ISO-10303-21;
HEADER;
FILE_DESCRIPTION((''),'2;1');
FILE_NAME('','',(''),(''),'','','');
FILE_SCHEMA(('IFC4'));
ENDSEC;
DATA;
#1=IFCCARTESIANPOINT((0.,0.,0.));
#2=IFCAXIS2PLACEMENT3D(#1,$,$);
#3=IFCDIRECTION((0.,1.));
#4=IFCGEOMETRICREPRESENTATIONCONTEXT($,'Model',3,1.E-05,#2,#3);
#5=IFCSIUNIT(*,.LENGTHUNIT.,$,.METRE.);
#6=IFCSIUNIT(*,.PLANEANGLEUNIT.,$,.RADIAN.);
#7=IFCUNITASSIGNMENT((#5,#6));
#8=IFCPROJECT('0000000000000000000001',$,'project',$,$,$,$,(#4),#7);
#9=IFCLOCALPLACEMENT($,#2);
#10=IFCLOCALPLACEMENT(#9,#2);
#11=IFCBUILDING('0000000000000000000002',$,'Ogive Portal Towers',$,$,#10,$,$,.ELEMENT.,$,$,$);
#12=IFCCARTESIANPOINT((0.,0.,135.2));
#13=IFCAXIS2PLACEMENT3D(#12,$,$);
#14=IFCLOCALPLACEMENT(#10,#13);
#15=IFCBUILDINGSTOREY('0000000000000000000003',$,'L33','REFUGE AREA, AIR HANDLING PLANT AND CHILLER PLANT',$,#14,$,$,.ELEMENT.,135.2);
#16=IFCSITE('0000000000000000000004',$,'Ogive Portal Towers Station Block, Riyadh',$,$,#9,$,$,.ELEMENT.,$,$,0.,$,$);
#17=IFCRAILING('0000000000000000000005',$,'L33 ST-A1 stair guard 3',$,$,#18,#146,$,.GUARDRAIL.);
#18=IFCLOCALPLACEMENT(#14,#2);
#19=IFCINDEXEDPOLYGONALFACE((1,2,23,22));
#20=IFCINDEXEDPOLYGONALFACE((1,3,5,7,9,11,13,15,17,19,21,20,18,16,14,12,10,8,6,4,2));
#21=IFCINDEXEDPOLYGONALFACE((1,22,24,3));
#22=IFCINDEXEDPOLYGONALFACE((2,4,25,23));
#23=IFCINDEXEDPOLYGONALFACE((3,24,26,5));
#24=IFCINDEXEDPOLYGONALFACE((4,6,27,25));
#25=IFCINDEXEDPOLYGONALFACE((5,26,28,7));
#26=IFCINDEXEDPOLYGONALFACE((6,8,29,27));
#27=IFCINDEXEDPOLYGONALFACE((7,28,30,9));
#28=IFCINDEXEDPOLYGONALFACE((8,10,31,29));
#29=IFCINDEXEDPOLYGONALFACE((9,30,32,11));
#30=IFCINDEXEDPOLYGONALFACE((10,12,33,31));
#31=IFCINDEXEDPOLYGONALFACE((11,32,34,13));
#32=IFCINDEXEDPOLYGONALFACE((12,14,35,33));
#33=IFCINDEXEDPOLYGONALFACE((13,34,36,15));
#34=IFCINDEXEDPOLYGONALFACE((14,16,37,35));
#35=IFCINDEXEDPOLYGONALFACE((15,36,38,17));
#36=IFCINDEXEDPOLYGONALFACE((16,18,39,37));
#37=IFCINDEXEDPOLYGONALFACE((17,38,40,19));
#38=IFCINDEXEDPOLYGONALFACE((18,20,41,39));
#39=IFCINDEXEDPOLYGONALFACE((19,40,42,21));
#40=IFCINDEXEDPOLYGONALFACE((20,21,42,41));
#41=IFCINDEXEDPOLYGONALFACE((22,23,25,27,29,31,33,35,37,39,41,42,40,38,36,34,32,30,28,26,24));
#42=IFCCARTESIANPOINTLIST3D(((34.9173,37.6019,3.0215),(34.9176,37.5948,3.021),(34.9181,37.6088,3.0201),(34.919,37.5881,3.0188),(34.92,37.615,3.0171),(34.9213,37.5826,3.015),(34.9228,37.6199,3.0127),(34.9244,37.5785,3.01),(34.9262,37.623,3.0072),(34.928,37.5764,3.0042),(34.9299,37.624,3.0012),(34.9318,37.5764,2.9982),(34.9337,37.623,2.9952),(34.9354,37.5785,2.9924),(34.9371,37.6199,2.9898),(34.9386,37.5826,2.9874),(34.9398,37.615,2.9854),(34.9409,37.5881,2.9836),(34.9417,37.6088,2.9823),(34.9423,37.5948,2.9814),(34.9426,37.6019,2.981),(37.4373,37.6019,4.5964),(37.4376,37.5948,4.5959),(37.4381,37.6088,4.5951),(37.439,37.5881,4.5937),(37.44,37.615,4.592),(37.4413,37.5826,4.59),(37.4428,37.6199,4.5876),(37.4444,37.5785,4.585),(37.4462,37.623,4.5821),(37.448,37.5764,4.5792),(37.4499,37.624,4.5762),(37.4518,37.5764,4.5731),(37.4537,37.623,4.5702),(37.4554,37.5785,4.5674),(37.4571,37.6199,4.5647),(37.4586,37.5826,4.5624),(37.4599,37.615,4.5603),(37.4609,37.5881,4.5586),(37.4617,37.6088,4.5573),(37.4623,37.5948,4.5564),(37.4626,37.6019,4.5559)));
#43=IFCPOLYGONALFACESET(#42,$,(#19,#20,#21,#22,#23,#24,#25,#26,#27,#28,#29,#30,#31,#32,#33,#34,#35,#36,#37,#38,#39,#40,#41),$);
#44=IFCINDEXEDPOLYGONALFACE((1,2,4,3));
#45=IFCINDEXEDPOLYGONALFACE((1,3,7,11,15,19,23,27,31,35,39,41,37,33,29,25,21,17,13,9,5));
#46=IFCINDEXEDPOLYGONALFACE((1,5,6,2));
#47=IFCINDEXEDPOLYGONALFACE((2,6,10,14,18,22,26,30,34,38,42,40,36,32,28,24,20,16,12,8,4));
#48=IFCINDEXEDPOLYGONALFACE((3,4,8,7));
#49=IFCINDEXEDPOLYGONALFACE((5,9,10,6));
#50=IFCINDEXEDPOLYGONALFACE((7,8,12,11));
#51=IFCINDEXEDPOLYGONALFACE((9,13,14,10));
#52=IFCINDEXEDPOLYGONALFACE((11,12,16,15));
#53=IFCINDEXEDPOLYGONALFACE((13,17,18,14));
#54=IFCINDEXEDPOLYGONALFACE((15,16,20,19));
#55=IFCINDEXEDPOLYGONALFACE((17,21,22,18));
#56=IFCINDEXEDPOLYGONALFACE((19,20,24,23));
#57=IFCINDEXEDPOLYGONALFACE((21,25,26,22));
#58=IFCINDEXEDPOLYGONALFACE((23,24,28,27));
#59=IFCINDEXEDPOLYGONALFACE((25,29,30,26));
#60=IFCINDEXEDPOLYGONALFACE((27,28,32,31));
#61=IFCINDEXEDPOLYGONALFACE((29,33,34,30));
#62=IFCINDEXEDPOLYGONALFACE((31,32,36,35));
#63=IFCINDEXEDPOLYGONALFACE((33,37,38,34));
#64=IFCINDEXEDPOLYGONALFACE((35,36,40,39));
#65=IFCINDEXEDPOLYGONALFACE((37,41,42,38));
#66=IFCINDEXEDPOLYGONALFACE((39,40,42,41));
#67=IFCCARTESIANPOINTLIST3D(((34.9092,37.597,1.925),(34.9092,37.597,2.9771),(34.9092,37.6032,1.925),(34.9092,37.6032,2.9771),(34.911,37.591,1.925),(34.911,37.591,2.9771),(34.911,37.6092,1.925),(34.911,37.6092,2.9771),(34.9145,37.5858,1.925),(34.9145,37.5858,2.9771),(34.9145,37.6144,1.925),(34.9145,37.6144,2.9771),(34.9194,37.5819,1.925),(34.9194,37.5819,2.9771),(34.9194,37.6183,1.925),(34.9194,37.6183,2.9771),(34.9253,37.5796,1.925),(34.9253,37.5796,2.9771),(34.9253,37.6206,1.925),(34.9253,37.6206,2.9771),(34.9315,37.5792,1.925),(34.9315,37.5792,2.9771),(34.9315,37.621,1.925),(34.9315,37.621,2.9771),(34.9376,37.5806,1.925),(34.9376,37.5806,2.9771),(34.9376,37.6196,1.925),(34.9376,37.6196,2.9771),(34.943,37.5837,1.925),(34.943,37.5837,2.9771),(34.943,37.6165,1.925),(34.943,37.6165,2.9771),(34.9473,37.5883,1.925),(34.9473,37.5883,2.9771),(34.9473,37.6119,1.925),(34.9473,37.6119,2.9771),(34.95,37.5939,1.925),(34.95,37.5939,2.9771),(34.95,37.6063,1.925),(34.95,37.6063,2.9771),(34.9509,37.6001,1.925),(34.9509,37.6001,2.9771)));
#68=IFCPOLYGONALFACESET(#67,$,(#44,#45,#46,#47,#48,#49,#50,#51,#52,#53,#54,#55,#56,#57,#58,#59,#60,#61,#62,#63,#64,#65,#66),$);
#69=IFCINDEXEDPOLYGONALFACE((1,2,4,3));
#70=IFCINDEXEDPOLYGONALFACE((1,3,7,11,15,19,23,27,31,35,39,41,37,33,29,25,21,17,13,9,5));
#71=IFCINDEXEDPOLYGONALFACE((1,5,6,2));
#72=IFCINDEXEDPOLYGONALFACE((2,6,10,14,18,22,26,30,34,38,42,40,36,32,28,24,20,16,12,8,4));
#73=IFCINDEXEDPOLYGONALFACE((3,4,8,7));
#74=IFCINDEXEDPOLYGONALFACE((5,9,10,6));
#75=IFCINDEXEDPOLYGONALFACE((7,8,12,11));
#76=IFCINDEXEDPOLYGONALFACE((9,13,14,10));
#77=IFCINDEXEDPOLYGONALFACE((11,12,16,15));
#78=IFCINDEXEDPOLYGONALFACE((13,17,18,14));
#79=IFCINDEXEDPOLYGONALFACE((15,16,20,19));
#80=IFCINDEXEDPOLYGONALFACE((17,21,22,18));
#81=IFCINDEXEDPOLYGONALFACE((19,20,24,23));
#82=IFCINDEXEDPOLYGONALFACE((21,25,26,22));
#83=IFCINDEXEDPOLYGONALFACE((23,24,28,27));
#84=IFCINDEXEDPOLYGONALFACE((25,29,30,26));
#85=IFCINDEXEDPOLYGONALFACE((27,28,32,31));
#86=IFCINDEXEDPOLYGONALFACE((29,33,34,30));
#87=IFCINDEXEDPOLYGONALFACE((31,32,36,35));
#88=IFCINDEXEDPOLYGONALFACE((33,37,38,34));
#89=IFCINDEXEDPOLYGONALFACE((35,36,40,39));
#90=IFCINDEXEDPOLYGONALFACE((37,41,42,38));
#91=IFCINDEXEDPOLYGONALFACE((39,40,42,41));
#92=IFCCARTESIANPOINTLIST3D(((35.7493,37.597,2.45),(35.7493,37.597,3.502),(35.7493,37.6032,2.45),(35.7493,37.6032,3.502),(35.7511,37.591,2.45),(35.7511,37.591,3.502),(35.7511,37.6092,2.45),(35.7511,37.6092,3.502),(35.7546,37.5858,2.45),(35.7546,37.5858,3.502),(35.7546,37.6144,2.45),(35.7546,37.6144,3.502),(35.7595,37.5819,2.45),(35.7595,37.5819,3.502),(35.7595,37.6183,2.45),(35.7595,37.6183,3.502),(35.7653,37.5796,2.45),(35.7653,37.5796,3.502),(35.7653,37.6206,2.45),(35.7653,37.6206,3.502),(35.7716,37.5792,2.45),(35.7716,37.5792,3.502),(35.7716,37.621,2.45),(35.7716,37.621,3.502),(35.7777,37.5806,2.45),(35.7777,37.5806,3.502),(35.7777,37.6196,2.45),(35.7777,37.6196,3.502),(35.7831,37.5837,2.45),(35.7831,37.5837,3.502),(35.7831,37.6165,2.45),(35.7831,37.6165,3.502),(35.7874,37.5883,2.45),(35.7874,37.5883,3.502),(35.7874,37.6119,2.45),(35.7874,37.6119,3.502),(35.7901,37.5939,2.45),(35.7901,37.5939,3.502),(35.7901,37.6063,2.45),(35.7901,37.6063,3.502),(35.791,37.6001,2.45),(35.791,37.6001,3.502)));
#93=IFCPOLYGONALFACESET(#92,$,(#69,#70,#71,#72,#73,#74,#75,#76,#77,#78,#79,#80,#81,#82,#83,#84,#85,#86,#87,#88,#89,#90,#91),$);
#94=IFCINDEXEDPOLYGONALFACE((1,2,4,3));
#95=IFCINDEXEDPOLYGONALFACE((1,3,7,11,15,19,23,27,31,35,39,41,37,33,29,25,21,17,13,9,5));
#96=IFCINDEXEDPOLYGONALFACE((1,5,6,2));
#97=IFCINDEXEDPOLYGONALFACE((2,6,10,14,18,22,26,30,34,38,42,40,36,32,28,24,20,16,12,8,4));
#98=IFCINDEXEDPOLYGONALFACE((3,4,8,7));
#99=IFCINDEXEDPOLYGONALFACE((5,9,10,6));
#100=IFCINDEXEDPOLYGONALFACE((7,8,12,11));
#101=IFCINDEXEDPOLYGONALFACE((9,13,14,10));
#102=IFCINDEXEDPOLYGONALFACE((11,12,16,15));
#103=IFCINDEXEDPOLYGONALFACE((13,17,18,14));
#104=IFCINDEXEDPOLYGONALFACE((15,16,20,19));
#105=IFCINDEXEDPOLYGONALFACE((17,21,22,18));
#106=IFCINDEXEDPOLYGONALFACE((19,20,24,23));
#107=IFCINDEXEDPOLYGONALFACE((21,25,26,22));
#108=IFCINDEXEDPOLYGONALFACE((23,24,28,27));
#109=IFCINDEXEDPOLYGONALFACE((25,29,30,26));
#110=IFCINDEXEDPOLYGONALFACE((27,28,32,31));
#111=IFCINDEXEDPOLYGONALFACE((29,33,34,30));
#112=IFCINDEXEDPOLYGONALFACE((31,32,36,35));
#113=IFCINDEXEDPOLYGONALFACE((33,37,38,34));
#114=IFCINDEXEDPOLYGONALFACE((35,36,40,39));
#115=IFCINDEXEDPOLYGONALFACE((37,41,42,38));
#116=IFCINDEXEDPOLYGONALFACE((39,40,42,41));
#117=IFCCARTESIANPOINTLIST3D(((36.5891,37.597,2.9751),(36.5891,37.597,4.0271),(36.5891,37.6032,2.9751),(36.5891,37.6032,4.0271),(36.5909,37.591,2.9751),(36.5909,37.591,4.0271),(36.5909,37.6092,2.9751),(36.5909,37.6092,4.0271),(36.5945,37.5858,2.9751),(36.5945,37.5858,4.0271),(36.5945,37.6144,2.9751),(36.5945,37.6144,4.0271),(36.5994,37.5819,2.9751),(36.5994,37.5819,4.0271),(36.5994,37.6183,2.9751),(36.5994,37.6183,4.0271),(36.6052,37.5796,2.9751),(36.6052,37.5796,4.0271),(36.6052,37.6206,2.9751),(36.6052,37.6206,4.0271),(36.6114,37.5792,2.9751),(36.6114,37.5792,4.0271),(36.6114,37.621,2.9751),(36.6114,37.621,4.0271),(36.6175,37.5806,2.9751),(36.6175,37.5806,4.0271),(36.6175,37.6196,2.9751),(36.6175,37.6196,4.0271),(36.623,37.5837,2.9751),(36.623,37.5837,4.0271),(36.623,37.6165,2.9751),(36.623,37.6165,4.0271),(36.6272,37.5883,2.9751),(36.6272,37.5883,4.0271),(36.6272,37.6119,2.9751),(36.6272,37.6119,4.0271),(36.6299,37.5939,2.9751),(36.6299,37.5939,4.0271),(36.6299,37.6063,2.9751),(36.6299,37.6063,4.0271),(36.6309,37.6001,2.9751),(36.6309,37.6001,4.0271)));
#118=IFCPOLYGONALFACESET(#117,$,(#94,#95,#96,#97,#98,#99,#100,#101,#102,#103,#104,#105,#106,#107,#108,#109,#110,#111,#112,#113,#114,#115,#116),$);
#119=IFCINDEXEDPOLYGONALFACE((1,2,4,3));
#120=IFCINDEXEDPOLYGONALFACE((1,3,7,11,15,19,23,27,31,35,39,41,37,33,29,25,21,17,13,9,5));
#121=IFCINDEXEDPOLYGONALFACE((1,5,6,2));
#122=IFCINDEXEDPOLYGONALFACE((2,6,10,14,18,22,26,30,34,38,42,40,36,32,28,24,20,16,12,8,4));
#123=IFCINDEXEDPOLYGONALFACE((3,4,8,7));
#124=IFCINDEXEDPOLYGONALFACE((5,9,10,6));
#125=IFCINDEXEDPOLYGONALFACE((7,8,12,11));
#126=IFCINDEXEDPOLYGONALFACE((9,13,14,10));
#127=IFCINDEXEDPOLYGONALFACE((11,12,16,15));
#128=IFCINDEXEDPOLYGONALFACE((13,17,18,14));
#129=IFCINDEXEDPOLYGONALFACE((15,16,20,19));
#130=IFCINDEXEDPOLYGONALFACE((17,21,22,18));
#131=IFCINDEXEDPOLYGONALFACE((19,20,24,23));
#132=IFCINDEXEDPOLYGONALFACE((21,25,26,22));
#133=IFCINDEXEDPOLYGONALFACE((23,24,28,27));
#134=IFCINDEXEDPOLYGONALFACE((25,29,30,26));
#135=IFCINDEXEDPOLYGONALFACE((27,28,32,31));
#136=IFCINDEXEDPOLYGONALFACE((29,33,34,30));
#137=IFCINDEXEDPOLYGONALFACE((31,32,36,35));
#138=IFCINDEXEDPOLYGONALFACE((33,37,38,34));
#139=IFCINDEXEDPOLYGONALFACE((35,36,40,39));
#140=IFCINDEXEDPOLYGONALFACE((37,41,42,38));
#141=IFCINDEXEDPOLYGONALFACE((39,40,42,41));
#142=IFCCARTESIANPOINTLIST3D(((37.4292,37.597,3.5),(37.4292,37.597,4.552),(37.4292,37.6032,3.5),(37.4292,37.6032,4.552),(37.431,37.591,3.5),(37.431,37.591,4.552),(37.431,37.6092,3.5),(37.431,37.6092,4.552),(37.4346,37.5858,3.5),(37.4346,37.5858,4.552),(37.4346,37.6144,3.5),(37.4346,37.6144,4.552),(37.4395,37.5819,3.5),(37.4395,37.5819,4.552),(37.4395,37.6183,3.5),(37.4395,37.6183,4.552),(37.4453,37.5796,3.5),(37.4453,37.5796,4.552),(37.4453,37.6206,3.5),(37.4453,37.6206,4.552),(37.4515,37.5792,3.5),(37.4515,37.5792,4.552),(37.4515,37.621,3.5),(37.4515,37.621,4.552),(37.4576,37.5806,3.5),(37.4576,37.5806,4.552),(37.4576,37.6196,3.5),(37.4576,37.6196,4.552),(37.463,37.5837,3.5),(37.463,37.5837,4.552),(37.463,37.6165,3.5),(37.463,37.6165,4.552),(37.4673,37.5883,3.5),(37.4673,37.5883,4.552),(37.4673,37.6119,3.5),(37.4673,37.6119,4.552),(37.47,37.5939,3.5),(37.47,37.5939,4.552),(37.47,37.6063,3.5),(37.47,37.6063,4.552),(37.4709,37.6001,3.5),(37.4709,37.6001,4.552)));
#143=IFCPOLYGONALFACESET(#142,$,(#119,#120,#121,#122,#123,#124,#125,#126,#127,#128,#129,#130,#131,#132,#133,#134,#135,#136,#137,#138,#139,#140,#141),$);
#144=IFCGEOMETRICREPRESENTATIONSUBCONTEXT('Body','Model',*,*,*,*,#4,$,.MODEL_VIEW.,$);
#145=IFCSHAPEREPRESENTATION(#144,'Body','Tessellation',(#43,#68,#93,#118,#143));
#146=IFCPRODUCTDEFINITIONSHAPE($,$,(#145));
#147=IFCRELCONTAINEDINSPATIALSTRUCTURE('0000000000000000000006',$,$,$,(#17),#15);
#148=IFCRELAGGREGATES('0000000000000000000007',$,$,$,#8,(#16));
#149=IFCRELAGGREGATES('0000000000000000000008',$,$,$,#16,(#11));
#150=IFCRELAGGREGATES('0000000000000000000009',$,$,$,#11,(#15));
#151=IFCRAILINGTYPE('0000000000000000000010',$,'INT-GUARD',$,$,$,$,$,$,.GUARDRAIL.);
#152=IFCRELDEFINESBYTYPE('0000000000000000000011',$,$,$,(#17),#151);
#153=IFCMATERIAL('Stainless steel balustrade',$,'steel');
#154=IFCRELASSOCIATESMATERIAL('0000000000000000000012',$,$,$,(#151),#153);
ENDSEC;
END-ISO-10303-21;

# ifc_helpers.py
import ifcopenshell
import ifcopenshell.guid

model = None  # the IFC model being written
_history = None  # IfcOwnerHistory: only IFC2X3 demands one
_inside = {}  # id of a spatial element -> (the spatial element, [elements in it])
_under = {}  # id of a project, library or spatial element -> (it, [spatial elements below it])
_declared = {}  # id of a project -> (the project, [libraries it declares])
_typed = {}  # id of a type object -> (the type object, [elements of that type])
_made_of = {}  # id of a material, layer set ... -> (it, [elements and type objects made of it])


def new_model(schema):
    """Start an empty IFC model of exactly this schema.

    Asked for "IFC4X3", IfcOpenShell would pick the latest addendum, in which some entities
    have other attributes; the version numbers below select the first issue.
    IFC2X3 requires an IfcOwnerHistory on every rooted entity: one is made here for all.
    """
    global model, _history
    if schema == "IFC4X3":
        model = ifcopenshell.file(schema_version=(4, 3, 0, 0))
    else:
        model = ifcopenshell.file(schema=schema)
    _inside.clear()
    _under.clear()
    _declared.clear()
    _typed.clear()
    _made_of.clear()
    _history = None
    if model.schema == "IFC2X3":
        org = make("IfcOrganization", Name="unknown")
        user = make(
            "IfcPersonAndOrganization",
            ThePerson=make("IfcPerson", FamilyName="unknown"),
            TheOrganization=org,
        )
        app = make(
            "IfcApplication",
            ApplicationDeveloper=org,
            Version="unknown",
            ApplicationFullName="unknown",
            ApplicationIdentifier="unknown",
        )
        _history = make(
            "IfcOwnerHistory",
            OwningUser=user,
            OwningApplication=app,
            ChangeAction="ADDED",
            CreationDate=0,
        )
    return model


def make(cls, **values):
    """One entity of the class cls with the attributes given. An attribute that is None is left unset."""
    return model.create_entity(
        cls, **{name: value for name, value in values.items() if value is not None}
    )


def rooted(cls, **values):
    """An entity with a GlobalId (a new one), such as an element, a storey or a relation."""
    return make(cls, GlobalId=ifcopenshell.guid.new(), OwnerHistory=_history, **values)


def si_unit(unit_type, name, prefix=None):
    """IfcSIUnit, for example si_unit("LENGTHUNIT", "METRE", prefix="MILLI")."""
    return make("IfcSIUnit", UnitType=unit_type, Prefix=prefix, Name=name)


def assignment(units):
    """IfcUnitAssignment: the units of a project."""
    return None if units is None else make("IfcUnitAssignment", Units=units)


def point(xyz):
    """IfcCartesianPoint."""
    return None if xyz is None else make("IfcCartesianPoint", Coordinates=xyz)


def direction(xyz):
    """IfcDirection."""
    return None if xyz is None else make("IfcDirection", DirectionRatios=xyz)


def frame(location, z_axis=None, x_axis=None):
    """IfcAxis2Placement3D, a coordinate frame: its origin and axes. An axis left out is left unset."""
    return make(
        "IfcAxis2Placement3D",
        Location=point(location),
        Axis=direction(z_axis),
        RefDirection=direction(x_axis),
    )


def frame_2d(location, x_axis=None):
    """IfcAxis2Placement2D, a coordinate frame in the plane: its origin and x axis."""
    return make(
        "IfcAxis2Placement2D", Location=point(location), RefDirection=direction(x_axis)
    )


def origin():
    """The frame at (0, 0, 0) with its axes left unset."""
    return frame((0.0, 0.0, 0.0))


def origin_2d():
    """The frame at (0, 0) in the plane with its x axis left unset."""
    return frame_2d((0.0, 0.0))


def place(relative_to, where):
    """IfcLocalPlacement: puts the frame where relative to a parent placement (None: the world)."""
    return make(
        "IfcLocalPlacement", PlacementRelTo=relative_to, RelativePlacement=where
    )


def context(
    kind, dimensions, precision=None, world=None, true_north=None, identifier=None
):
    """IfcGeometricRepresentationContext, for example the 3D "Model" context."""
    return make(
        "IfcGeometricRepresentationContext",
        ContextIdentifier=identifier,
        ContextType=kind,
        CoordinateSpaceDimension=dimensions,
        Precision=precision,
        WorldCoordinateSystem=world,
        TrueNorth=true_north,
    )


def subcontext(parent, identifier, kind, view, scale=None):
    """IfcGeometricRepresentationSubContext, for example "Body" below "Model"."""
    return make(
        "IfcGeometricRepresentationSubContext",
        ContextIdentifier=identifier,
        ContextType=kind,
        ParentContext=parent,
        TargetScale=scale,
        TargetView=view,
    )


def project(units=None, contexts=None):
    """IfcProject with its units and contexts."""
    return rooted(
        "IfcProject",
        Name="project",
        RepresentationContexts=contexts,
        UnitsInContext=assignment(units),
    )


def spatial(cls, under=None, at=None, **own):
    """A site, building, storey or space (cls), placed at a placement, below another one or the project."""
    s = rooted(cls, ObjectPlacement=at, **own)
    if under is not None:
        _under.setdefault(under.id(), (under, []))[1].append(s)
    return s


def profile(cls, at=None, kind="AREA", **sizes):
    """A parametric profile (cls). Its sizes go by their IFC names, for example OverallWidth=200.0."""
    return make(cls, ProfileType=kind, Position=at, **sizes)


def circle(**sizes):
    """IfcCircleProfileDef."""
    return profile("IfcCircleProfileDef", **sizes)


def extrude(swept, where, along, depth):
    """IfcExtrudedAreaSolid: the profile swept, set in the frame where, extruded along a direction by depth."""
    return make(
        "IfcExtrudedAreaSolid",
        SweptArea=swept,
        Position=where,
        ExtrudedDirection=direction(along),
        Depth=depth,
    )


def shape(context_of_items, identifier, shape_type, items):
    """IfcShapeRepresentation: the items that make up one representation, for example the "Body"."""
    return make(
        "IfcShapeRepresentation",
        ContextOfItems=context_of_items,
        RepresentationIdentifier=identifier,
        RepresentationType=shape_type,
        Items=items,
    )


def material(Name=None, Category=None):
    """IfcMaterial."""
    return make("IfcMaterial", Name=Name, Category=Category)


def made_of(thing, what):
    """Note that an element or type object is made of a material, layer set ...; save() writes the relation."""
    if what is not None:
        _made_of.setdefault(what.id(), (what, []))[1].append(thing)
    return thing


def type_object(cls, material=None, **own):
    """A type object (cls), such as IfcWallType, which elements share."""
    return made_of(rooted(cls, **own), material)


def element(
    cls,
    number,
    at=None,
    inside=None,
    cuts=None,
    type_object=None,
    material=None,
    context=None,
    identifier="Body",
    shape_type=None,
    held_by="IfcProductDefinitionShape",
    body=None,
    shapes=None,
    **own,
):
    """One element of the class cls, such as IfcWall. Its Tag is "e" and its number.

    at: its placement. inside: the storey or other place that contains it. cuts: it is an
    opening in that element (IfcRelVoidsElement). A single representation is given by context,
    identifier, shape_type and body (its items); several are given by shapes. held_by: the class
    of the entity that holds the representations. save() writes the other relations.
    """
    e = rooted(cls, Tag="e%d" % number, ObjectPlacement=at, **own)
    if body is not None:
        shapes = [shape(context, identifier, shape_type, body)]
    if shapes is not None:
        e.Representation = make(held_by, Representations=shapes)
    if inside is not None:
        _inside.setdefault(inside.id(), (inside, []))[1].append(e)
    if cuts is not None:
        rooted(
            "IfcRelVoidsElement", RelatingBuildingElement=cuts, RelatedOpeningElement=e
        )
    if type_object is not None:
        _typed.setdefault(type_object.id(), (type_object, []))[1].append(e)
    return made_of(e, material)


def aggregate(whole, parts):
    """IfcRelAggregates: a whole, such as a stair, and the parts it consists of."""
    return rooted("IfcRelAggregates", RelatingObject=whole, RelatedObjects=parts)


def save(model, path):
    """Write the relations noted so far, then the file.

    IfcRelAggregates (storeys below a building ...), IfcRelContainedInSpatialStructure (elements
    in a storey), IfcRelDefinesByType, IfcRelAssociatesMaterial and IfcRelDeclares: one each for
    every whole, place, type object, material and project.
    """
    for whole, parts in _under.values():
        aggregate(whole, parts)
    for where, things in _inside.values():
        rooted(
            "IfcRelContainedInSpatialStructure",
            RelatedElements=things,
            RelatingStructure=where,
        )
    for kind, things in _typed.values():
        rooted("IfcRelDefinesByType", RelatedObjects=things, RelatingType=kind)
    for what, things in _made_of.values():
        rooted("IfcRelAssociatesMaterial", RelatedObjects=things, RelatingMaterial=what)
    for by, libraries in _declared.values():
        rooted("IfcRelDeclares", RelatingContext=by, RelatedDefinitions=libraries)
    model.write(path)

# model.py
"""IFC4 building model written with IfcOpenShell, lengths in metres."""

from ifc_helpers import new_model, si_unit, direction, frame, origin, origin_2d, place, context, subcontext, project, spatial, circle, extrude, material, type_object, element, save


model = new_model("IFC4")

# Units and contexts
model_context = context("Model", 3, precision=1e-05, world=origin(), true_north=direction((0.0, 1.0)))
body_context = subcontext(model_context, "Body", "Model", "MODEL_VIEW")
ifc_project = project(units=[si_unit("LENGTHUNIT", "METRE"), si_unit("PLANEANGLEUNIT", "RADIAN")], contexts=[model_context])

# Site, building, storey
site_placement = place(None, origin())
site = spatial("IfcSite", under=ifc_project, at=site_placement, Name="Ogive Portal Towers Station Block, Riyadh", CompositionType="ELEMENT", RefElevation=0.0)
building_placement = place(site_placement, origin())
building = spatial("IfcBuilding", under=site, at=building_placement, Name="Ogive Portal Towers", CompositionType="ELEMENT")
storey_placement = place(building_placement, frame((0.0, 0.0, 135.2)))
storey = spatial("IfcBuildingStorey", under=building, at=storey_placement, Name="L33", Description="REFUGE AREA, AIR HANDLING PLANT AND CHILLER PLANT", CompositionType="ELEMENT", Elevation=135.2)

# Railing
ifc_material_1 = material(Name="Stainless steel balustrade", Category="steel")
railing_type_1 = type_object("IfcRailingType", Name="INT-GUARD", PredefinedType="GUARDRAIL", material=ifc_material_1)
railing_1_placement = place(storey_placement, frame((34.9299, 37.6001, 1.925)))
element("IfcRailing", 1, at=railing_1_placement, inside=storey, type_object=railing_type_1, Name="L33 ST-A1 stair guard 3", PredefinedType="GUARDRAIL", context=body_context, shape_type="SweptSolid", body=[
    extrude(circle(Radius=0.0239, at=origin_2d()), frame((0.0, 0.0, 1.0762), z_axis=(0.848008, 0.0, 0.529984), x_axis=(0.0, 1.0, 0.0)), (0.0, 0.0, 1.0), 2.9717),
    extrude(circle(Radius=0.021, at=origin_2d()), origin(), (0.0, 0.0, 1.0), 1.052),
    extrude(circle(Radius=0.021, at=origin_2d()), frame((0.8401, 0.0, 0.5249)), (0.0, 0.0, 1.0), 1.052),
    extrude(circle(Radius=0.021, at=origin_2d()), frame((1.6799, 0.0, 1.05)), (0.0, 0.0, 1.0), 1.052),
    extrude(circle(Radius=0.021, at=origin_2d()), frame((2.52, 0.0, 1.575)), (0.0, 0.0, 1.0), 1.052),
])

save(model, "model.ifc")
